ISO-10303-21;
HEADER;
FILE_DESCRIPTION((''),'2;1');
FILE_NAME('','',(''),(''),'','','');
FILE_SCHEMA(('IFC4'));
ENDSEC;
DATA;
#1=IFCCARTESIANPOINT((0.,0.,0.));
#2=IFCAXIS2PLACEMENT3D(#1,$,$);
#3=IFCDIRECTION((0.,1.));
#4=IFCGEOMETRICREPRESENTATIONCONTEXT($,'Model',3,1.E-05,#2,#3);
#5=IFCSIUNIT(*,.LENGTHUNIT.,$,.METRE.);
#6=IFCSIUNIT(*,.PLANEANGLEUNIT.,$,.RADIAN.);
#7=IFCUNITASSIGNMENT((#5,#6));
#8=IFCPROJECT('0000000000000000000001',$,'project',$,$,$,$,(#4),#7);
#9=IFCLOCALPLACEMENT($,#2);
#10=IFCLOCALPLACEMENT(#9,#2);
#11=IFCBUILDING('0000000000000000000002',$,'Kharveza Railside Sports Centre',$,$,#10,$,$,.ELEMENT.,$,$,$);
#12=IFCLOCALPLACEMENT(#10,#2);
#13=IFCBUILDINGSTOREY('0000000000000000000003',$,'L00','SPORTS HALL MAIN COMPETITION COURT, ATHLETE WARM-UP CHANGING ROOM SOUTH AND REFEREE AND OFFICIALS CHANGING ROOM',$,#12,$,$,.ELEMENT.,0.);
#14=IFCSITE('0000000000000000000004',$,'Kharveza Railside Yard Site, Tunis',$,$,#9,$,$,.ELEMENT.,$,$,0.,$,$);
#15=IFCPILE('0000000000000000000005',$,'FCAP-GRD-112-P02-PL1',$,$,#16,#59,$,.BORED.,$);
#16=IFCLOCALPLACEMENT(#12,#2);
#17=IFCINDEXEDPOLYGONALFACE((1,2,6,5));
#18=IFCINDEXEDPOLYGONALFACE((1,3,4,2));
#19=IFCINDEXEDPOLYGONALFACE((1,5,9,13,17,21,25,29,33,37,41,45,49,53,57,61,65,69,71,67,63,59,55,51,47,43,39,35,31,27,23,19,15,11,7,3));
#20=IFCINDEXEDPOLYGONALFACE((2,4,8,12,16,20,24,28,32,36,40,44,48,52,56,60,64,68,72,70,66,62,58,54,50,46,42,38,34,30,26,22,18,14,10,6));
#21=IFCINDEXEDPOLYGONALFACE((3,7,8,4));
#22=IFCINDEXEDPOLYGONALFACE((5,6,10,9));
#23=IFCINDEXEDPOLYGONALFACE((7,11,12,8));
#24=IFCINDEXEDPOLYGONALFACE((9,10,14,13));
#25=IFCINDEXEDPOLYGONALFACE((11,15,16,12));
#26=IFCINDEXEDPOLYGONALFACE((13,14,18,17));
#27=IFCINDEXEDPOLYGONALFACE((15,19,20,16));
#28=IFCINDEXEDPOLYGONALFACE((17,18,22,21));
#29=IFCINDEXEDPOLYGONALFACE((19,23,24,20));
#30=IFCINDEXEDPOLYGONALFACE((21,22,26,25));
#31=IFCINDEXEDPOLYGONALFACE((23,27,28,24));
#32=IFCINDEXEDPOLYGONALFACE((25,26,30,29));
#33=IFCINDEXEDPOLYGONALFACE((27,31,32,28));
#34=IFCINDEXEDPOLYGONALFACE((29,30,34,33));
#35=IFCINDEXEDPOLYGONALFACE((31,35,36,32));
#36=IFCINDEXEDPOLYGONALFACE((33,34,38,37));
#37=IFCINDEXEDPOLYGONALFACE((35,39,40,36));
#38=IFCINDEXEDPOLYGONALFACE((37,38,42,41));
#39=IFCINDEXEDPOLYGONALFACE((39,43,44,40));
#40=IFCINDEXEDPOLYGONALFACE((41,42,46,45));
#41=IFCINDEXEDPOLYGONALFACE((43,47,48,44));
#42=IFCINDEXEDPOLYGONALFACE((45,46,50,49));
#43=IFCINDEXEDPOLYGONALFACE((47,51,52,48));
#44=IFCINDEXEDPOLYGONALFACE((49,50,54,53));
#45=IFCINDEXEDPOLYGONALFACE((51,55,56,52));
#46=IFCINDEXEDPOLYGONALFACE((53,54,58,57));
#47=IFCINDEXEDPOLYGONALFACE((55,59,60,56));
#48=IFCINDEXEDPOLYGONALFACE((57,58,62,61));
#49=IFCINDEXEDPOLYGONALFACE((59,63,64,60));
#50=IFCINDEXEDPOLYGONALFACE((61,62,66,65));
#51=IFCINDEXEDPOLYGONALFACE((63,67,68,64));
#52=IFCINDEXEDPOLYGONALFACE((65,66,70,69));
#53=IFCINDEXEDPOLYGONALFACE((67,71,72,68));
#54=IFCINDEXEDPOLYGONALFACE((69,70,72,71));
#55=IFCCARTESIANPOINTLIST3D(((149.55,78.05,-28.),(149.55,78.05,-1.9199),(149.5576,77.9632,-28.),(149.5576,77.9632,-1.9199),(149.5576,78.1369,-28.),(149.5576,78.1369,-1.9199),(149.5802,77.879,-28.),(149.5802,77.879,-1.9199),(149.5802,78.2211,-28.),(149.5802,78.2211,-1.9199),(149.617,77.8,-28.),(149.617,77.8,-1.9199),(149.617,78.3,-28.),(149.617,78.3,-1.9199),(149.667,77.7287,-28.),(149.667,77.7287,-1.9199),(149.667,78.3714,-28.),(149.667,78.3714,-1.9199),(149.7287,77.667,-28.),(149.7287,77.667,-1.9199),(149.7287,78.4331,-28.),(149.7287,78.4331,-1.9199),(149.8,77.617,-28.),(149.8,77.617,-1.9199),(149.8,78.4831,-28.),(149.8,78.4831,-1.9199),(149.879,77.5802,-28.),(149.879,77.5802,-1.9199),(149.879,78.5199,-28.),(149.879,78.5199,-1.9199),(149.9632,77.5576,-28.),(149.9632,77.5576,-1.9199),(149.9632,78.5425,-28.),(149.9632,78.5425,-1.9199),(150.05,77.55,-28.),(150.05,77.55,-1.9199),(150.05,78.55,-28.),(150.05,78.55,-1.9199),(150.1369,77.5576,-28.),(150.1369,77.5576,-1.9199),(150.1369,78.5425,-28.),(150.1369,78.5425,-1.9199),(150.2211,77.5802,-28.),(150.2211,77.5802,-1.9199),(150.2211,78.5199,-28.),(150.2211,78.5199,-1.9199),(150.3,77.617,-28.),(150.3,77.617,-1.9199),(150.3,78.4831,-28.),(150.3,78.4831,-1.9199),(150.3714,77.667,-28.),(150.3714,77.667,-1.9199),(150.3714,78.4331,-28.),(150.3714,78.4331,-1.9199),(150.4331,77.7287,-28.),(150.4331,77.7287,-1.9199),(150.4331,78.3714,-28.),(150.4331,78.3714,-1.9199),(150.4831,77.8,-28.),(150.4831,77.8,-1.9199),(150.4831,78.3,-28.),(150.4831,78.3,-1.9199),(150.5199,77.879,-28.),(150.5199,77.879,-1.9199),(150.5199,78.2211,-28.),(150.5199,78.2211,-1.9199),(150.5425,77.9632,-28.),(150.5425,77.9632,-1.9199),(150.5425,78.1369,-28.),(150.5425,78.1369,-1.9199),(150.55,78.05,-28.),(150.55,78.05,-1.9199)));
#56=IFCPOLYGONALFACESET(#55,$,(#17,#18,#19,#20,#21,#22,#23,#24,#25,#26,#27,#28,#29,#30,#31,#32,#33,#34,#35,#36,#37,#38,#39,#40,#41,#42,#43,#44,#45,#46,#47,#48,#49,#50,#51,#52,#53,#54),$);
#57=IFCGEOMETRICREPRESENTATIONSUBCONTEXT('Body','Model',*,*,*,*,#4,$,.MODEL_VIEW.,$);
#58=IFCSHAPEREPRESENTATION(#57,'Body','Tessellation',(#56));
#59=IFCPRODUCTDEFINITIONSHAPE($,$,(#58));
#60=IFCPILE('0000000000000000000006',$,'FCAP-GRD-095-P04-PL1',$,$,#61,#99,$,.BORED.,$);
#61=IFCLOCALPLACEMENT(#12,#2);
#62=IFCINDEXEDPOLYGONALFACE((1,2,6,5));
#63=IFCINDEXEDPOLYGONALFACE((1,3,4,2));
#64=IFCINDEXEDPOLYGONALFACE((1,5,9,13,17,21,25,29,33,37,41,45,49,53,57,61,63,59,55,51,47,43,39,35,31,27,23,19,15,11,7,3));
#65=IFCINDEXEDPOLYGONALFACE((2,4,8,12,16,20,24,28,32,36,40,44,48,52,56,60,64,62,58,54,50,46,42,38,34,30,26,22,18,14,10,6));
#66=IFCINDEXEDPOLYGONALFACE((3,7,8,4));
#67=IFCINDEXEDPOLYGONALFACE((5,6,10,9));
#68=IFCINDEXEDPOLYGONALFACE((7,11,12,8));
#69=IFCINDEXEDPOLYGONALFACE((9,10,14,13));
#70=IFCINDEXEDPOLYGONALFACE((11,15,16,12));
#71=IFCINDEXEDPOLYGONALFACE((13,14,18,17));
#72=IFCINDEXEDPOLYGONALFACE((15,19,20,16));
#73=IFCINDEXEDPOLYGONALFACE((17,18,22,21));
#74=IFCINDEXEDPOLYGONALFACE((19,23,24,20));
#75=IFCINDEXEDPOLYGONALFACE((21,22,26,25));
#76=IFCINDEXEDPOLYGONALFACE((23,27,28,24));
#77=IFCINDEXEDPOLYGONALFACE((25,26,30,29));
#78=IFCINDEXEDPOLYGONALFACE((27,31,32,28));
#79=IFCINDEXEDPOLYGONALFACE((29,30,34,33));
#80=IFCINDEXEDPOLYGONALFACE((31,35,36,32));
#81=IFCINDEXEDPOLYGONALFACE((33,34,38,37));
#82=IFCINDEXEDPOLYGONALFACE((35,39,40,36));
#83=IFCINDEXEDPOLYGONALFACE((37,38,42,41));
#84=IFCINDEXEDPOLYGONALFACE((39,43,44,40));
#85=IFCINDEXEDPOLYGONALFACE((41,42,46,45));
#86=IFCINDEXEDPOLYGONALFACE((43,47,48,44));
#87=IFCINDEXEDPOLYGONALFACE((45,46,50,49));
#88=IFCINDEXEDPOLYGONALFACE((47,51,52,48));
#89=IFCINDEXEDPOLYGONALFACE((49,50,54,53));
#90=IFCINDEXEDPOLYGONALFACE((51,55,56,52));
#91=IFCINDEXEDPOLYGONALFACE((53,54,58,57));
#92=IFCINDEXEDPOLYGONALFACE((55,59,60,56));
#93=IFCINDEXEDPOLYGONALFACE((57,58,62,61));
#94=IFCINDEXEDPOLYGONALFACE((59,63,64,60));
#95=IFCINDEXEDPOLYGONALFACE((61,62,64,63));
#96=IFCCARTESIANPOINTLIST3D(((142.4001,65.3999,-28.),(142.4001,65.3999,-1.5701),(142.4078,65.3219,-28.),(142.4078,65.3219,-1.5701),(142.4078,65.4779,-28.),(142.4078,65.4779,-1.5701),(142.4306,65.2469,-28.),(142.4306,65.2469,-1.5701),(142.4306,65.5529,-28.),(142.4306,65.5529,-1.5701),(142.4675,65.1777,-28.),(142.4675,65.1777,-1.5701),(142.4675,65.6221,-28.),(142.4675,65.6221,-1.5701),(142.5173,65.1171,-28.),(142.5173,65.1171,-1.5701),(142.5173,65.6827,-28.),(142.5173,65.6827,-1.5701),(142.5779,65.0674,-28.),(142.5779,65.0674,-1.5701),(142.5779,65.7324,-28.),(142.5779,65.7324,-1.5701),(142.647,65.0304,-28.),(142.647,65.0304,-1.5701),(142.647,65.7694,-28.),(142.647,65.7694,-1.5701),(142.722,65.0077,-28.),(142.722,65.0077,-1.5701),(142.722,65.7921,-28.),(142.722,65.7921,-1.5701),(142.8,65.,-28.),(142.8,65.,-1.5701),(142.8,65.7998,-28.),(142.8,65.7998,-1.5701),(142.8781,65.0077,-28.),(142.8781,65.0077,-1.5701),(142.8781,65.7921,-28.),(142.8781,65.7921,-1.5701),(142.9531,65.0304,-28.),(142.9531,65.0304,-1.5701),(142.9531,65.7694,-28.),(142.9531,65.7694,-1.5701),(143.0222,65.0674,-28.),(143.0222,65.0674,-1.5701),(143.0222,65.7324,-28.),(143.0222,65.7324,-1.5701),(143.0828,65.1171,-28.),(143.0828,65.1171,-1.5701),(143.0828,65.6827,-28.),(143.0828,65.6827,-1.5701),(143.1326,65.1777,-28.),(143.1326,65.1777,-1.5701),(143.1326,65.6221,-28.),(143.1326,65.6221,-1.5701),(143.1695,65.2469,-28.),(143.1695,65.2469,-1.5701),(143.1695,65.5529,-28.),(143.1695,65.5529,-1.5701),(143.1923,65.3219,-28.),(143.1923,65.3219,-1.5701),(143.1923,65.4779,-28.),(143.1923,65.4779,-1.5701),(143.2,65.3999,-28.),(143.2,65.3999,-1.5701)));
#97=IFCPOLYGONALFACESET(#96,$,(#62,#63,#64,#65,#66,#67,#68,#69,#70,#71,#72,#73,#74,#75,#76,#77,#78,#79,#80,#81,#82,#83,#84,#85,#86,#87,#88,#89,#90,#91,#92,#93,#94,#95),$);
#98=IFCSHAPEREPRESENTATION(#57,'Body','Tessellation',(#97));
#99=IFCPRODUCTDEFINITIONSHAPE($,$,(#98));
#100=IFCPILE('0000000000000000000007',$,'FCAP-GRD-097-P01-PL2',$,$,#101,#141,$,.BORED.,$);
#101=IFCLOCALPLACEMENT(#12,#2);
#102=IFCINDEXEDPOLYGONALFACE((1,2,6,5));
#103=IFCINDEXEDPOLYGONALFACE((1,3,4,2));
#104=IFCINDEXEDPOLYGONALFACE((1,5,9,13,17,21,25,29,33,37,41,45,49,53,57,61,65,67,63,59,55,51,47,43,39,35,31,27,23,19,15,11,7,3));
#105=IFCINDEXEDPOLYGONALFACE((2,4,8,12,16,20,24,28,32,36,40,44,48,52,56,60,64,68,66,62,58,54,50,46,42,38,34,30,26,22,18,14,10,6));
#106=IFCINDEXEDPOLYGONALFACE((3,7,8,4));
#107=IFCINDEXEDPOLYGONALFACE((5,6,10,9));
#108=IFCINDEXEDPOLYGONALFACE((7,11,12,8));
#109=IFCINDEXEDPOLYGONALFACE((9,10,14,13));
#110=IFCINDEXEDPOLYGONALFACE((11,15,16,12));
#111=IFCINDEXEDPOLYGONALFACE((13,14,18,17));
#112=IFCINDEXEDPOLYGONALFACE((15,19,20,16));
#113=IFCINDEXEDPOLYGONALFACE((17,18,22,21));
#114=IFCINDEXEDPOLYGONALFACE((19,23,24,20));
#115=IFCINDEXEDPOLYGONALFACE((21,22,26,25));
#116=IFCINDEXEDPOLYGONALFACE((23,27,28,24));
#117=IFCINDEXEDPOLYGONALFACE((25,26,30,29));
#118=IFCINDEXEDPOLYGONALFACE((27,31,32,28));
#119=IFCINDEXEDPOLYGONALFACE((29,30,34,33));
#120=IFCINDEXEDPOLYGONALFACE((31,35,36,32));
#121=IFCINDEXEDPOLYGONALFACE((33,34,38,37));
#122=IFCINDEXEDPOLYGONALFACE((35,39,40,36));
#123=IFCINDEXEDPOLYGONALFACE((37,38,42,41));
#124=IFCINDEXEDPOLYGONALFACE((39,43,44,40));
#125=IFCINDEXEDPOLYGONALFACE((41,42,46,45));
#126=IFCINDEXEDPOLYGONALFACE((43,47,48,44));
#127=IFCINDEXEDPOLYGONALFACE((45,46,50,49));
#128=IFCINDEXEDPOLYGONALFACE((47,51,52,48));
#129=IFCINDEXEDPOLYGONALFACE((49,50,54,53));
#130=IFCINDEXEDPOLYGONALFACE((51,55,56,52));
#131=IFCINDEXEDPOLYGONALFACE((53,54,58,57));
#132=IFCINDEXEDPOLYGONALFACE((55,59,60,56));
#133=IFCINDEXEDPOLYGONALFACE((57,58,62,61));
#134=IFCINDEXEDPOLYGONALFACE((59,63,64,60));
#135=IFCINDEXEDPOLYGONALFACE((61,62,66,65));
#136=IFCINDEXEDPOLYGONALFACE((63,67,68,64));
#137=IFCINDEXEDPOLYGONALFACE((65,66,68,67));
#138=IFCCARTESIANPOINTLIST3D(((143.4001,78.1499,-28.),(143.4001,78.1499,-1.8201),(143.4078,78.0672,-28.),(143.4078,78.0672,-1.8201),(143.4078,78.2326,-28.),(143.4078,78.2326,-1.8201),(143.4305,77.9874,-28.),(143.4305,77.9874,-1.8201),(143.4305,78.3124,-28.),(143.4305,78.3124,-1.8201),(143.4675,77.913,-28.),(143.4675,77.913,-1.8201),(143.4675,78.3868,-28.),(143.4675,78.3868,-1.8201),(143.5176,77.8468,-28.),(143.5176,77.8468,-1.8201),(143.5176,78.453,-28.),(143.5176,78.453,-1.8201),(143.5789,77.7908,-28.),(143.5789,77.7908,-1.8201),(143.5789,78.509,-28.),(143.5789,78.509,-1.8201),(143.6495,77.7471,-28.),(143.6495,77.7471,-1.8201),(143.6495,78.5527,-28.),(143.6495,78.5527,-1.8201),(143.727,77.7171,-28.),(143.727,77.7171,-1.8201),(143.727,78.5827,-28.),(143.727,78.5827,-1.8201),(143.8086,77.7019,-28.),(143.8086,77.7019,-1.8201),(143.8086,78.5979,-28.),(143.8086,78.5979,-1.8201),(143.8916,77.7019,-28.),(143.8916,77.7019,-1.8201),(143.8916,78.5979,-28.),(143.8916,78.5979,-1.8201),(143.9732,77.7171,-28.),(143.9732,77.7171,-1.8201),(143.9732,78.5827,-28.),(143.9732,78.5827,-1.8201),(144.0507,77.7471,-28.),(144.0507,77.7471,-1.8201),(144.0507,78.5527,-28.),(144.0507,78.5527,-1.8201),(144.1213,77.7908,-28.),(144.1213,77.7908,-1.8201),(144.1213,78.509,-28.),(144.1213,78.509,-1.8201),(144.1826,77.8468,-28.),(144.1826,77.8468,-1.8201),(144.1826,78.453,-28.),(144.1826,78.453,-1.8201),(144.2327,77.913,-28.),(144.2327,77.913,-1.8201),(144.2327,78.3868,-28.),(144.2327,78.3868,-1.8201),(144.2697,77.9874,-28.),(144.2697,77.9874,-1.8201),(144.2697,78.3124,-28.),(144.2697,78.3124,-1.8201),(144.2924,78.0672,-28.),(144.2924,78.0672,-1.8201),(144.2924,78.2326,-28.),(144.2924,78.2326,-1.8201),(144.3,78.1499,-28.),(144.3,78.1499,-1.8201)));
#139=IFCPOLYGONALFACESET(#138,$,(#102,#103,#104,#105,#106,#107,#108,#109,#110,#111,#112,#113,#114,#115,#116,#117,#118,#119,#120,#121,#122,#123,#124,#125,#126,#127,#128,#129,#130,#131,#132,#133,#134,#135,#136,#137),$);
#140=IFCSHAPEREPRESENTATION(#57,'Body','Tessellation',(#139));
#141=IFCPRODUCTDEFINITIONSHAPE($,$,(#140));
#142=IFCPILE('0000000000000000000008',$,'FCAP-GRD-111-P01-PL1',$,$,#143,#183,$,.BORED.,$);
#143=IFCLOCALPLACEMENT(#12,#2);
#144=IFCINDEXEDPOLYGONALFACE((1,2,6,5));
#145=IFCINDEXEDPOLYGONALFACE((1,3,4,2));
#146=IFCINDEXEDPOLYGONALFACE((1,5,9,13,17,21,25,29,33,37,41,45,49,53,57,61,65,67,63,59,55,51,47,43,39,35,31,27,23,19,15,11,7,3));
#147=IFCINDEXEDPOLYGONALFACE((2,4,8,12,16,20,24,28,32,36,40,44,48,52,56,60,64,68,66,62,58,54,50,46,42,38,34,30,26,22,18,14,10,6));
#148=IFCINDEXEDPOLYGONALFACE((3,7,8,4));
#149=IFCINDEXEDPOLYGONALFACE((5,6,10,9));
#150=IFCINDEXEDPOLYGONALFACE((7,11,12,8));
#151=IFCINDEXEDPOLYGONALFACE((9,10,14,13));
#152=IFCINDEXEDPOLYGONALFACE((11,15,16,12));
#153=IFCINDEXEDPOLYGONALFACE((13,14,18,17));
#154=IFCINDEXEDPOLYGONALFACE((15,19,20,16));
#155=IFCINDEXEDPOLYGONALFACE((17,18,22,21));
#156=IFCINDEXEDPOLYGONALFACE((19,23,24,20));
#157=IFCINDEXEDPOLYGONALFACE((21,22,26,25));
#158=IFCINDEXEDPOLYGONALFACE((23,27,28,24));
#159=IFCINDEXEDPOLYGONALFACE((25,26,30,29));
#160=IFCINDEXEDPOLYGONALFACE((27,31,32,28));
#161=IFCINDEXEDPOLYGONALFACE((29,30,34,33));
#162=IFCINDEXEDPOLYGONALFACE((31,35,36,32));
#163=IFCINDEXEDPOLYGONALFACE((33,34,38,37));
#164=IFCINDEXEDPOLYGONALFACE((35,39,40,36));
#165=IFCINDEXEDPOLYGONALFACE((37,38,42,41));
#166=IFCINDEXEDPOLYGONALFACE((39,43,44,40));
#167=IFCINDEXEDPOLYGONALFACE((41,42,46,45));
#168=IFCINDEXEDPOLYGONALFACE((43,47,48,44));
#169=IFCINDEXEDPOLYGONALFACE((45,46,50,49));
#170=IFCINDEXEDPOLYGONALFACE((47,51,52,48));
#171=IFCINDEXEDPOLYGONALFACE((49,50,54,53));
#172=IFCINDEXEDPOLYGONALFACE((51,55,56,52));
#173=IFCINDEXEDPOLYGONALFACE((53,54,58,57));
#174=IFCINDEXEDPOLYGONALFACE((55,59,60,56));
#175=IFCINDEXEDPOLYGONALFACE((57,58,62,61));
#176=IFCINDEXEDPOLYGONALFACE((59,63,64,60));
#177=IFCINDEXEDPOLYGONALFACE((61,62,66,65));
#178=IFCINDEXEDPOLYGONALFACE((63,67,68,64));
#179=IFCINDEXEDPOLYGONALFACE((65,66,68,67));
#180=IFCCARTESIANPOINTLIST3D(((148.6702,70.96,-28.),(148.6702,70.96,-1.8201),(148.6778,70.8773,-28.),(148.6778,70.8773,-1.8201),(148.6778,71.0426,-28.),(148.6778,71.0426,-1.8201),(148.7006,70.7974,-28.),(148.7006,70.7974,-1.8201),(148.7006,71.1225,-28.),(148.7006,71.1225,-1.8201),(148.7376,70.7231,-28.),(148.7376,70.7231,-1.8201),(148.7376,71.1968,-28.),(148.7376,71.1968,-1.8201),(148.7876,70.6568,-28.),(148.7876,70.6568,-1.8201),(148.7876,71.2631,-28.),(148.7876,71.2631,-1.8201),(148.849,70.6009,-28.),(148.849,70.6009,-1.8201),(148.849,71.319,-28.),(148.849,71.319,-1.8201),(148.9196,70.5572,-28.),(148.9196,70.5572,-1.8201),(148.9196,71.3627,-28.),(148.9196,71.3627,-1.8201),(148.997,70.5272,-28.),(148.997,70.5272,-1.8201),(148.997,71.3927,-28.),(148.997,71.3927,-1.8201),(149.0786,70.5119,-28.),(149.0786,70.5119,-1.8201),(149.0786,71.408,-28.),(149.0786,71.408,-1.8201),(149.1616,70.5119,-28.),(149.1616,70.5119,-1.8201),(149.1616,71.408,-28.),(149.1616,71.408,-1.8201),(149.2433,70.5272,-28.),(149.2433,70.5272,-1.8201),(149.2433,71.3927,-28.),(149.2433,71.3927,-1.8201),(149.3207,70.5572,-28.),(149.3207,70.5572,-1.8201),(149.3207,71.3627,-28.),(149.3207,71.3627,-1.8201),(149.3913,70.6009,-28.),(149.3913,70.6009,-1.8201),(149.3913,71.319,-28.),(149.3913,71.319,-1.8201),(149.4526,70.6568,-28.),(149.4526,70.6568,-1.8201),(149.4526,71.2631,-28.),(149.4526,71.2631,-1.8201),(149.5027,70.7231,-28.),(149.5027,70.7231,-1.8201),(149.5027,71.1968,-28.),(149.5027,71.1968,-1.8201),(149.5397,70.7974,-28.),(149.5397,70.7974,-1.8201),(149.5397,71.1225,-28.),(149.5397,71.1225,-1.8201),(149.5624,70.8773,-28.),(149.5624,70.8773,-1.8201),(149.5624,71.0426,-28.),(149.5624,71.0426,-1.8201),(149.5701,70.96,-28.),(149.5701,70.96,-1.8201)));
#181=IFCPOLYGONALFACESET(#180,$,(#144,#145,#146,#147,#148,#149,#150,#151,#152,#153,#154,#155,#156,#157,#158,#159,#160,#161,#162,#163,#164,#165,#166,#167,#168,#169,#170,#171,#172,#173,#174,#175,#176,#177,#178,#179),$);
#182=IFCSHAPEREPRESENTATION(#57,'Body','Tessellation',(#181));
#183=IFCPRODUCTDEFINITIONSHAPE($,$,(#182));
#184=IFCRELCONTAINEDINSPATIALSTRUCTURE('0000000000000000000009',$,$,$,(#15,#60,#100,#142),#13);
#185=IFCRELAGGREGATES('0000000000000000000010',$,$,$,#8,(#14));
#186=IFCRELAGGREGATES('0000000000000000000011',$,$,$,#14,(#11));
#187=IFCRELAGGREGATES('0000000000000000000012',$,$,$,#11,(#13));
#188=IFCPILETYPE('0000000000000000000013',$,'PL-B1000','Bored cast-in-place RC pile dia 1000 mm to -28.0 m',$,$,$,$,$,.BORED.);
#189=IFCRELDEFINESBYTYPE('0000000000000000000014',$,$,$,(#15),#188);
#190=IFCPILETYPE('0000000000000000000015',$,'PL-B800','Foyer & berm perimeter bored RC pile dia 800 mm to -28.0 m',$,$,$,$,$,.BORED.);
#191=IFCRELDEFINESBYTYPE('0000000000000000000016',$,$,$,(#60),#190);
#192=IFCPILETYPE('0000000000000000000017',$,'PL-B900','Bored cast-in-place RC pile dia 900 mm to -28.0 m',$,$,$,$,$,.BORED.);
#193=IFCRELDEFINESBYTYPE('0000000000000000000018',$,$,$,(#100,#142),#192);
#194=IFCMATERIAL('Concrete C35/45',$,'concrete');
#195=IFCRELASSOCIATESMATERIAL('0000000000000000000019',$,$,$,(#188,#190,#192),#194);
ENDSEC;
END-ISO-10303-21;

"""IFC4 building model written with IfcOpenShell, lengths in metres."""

from ifc_helpers import new_model, si_unit, direction, frame, origin, origin_2d, place, context, subcontext, project, spatial, circle, extrude, material, material_profile, profile_set, type_object, element, save


model = new_model("IFC4")

# Units and contexts
model_context = context("Model", 3, precision=1e-05, world=origin(), true_north=direction((0.0, 1.0)))
body_context = subcontext(model_context, "Body", "Model", "MODEL_VIEW")
ifc_project = project(units=[si_unit("LENGTHUNIT", "METRE"), si_unit("PLANEANGLEUNIT", "RADIAN")], contexts=[model_context])

# Site, building, storey
site_placement = place(None, origin())
site = spatial("IfcSite", under=ifc_project, at=site_placement, Name="Kharveza Railside Yard Site, Tunis", CompositionType="ELEMENT", RefElevation=0.0)
building_placement = place(site_placement, origin())
building = spatial("IfcBuilding", under=site, at=building_placement, Name="Kharveza Railside Sports Centre", CompositionType="ELEMENT")
storey_placement = place(building_placement, origin())
storey = spatial("IfcBuildingStorey", under=building, at=storey_placement, Name="L00", Description="SPORTS HALL MAIN COMPETITION COURT, ATHLETE WARM-UP CHANGING ROOM SOUTH AND REFEREE AND OFFICIALS CHANGING ROOM", CompositionType="ELEMENT", Elevation=0.0)

# Shared definitions
ifc_material_1 = material(Name="Concrete C35/45", Category="concrete")

# Piles
ifc_material_profile_1 = material_profile(ifc_material_1, circle(Radius=0.5, at=origin_2d()), Name="PILE D1000")
ifc_profile_set_1 = profile_set([ifc_material_profile_1], Name="Concrete C35/45")
pile_type_1 = type_object("IfcPileType", Name="PL-B1000", Description="Bored cast-in-place RC pile dia 1000 mm to -28.0 m", PredefinedType="BORED", material=ifc_profile_set_1)
for number, where, z_axis, x_axis, name in (
    (1, (150.05, 78.05, -1.9199), (0.0, 0.0, -1.0), (1.0, 0.0, 0.0), "FCAP-GRD-112-P02-PL1"),
):
    element("IfcPile", number, at=place(storey_placement, frame(where, z_axis=z_axis, x_axis=x_axis)), inside=storey, type_object=pile_type_1, Name=name, PredefinedType="BORED", context=body_context, shape_type="SweptSolid", body=[
        extrude(circle(Radius=0.5, at=origin_2d()), origin(), (0.0, 0.0, 1.0), 26.0801),
    ])
ifc_material_profile_2 = material_profile(ifc_material_1, circle(Radius=0.3999, at=origin_2d()), Name="PILE D800")
ifc_profile_set_2 = profile_set([ifc_material_profile_2], Name="Concrete C35/45")
pile_type_2 = type_object("IfcPileType", Name="PL-B800", Description="Foyer & berm perimeter bored RC pile dia 800 mm to -28.0 m", PredefinedType="BORED", material=ifc_profile_set_2)
pile_placement = place(storey_placement, frame((142.8, 65.3999, -1.5701), z_axis=(0.0, 0.0, -1.0), x_axis=(1.0, 0.0, 0.0)))
element("IfcPile", 2, at=pile_placement, inside=storey, type_object=pile_type_2, Name="FCAP-GRD-095-P04-PL1", PredefinedType="BORED", context=body_context, shape_type="SweptSolid", body=[
    extrude(circle(Radius=0.3999, at=origin_2d()), origin(), (0.0, 0.0, 1.0), 26.4299),
])
ifc_material_profile_3 = material_profile(ifc_material_1, circle(Radius=0.45, at=origin_2d()), Name="PILE D900")
ifc_profile_set_3 = profile_set([ifc_material_profile_3], Name="Concrete C35/45")
pile_type_3 = type_object("IfcPileType", Name="PL-B900", Description="Bored cast-in-place RC pile dia 900 mm to -28.0 m", PredefinedType="BORED", material=ifc_profile_set_3)
for number, where, z_axis, x_axis, name in (
    (3, (143.8501, 78.1499, -1.8201), (0.0, 0.0, -1.0), (1.0, 0.0, 0.0), "FCAP-GRD-097-P01-PL2"),
    (4, (149.1201, 70.96, -1.8201), (0.0, 0.0, -1.0), (1.0, 0.0, 0.0), "FCAP-GRD-111-P01-PL1"),
):
    element("IfcPile", number, at=place(storey_placement, frame(where, z_axis=z_axis, x_axis=x_axis)), inside=storey, type_object=pile_type_3, Name=name, PredefinedType="BORED", context=body_context, shape_type="SweptSolid", body=[
        extrude(circle(Radius=0.45, at=origin_2d()), origin(), (0.0, 0.0, 1.0), 26.1799),
    ])

save(model, "model.ifc")
